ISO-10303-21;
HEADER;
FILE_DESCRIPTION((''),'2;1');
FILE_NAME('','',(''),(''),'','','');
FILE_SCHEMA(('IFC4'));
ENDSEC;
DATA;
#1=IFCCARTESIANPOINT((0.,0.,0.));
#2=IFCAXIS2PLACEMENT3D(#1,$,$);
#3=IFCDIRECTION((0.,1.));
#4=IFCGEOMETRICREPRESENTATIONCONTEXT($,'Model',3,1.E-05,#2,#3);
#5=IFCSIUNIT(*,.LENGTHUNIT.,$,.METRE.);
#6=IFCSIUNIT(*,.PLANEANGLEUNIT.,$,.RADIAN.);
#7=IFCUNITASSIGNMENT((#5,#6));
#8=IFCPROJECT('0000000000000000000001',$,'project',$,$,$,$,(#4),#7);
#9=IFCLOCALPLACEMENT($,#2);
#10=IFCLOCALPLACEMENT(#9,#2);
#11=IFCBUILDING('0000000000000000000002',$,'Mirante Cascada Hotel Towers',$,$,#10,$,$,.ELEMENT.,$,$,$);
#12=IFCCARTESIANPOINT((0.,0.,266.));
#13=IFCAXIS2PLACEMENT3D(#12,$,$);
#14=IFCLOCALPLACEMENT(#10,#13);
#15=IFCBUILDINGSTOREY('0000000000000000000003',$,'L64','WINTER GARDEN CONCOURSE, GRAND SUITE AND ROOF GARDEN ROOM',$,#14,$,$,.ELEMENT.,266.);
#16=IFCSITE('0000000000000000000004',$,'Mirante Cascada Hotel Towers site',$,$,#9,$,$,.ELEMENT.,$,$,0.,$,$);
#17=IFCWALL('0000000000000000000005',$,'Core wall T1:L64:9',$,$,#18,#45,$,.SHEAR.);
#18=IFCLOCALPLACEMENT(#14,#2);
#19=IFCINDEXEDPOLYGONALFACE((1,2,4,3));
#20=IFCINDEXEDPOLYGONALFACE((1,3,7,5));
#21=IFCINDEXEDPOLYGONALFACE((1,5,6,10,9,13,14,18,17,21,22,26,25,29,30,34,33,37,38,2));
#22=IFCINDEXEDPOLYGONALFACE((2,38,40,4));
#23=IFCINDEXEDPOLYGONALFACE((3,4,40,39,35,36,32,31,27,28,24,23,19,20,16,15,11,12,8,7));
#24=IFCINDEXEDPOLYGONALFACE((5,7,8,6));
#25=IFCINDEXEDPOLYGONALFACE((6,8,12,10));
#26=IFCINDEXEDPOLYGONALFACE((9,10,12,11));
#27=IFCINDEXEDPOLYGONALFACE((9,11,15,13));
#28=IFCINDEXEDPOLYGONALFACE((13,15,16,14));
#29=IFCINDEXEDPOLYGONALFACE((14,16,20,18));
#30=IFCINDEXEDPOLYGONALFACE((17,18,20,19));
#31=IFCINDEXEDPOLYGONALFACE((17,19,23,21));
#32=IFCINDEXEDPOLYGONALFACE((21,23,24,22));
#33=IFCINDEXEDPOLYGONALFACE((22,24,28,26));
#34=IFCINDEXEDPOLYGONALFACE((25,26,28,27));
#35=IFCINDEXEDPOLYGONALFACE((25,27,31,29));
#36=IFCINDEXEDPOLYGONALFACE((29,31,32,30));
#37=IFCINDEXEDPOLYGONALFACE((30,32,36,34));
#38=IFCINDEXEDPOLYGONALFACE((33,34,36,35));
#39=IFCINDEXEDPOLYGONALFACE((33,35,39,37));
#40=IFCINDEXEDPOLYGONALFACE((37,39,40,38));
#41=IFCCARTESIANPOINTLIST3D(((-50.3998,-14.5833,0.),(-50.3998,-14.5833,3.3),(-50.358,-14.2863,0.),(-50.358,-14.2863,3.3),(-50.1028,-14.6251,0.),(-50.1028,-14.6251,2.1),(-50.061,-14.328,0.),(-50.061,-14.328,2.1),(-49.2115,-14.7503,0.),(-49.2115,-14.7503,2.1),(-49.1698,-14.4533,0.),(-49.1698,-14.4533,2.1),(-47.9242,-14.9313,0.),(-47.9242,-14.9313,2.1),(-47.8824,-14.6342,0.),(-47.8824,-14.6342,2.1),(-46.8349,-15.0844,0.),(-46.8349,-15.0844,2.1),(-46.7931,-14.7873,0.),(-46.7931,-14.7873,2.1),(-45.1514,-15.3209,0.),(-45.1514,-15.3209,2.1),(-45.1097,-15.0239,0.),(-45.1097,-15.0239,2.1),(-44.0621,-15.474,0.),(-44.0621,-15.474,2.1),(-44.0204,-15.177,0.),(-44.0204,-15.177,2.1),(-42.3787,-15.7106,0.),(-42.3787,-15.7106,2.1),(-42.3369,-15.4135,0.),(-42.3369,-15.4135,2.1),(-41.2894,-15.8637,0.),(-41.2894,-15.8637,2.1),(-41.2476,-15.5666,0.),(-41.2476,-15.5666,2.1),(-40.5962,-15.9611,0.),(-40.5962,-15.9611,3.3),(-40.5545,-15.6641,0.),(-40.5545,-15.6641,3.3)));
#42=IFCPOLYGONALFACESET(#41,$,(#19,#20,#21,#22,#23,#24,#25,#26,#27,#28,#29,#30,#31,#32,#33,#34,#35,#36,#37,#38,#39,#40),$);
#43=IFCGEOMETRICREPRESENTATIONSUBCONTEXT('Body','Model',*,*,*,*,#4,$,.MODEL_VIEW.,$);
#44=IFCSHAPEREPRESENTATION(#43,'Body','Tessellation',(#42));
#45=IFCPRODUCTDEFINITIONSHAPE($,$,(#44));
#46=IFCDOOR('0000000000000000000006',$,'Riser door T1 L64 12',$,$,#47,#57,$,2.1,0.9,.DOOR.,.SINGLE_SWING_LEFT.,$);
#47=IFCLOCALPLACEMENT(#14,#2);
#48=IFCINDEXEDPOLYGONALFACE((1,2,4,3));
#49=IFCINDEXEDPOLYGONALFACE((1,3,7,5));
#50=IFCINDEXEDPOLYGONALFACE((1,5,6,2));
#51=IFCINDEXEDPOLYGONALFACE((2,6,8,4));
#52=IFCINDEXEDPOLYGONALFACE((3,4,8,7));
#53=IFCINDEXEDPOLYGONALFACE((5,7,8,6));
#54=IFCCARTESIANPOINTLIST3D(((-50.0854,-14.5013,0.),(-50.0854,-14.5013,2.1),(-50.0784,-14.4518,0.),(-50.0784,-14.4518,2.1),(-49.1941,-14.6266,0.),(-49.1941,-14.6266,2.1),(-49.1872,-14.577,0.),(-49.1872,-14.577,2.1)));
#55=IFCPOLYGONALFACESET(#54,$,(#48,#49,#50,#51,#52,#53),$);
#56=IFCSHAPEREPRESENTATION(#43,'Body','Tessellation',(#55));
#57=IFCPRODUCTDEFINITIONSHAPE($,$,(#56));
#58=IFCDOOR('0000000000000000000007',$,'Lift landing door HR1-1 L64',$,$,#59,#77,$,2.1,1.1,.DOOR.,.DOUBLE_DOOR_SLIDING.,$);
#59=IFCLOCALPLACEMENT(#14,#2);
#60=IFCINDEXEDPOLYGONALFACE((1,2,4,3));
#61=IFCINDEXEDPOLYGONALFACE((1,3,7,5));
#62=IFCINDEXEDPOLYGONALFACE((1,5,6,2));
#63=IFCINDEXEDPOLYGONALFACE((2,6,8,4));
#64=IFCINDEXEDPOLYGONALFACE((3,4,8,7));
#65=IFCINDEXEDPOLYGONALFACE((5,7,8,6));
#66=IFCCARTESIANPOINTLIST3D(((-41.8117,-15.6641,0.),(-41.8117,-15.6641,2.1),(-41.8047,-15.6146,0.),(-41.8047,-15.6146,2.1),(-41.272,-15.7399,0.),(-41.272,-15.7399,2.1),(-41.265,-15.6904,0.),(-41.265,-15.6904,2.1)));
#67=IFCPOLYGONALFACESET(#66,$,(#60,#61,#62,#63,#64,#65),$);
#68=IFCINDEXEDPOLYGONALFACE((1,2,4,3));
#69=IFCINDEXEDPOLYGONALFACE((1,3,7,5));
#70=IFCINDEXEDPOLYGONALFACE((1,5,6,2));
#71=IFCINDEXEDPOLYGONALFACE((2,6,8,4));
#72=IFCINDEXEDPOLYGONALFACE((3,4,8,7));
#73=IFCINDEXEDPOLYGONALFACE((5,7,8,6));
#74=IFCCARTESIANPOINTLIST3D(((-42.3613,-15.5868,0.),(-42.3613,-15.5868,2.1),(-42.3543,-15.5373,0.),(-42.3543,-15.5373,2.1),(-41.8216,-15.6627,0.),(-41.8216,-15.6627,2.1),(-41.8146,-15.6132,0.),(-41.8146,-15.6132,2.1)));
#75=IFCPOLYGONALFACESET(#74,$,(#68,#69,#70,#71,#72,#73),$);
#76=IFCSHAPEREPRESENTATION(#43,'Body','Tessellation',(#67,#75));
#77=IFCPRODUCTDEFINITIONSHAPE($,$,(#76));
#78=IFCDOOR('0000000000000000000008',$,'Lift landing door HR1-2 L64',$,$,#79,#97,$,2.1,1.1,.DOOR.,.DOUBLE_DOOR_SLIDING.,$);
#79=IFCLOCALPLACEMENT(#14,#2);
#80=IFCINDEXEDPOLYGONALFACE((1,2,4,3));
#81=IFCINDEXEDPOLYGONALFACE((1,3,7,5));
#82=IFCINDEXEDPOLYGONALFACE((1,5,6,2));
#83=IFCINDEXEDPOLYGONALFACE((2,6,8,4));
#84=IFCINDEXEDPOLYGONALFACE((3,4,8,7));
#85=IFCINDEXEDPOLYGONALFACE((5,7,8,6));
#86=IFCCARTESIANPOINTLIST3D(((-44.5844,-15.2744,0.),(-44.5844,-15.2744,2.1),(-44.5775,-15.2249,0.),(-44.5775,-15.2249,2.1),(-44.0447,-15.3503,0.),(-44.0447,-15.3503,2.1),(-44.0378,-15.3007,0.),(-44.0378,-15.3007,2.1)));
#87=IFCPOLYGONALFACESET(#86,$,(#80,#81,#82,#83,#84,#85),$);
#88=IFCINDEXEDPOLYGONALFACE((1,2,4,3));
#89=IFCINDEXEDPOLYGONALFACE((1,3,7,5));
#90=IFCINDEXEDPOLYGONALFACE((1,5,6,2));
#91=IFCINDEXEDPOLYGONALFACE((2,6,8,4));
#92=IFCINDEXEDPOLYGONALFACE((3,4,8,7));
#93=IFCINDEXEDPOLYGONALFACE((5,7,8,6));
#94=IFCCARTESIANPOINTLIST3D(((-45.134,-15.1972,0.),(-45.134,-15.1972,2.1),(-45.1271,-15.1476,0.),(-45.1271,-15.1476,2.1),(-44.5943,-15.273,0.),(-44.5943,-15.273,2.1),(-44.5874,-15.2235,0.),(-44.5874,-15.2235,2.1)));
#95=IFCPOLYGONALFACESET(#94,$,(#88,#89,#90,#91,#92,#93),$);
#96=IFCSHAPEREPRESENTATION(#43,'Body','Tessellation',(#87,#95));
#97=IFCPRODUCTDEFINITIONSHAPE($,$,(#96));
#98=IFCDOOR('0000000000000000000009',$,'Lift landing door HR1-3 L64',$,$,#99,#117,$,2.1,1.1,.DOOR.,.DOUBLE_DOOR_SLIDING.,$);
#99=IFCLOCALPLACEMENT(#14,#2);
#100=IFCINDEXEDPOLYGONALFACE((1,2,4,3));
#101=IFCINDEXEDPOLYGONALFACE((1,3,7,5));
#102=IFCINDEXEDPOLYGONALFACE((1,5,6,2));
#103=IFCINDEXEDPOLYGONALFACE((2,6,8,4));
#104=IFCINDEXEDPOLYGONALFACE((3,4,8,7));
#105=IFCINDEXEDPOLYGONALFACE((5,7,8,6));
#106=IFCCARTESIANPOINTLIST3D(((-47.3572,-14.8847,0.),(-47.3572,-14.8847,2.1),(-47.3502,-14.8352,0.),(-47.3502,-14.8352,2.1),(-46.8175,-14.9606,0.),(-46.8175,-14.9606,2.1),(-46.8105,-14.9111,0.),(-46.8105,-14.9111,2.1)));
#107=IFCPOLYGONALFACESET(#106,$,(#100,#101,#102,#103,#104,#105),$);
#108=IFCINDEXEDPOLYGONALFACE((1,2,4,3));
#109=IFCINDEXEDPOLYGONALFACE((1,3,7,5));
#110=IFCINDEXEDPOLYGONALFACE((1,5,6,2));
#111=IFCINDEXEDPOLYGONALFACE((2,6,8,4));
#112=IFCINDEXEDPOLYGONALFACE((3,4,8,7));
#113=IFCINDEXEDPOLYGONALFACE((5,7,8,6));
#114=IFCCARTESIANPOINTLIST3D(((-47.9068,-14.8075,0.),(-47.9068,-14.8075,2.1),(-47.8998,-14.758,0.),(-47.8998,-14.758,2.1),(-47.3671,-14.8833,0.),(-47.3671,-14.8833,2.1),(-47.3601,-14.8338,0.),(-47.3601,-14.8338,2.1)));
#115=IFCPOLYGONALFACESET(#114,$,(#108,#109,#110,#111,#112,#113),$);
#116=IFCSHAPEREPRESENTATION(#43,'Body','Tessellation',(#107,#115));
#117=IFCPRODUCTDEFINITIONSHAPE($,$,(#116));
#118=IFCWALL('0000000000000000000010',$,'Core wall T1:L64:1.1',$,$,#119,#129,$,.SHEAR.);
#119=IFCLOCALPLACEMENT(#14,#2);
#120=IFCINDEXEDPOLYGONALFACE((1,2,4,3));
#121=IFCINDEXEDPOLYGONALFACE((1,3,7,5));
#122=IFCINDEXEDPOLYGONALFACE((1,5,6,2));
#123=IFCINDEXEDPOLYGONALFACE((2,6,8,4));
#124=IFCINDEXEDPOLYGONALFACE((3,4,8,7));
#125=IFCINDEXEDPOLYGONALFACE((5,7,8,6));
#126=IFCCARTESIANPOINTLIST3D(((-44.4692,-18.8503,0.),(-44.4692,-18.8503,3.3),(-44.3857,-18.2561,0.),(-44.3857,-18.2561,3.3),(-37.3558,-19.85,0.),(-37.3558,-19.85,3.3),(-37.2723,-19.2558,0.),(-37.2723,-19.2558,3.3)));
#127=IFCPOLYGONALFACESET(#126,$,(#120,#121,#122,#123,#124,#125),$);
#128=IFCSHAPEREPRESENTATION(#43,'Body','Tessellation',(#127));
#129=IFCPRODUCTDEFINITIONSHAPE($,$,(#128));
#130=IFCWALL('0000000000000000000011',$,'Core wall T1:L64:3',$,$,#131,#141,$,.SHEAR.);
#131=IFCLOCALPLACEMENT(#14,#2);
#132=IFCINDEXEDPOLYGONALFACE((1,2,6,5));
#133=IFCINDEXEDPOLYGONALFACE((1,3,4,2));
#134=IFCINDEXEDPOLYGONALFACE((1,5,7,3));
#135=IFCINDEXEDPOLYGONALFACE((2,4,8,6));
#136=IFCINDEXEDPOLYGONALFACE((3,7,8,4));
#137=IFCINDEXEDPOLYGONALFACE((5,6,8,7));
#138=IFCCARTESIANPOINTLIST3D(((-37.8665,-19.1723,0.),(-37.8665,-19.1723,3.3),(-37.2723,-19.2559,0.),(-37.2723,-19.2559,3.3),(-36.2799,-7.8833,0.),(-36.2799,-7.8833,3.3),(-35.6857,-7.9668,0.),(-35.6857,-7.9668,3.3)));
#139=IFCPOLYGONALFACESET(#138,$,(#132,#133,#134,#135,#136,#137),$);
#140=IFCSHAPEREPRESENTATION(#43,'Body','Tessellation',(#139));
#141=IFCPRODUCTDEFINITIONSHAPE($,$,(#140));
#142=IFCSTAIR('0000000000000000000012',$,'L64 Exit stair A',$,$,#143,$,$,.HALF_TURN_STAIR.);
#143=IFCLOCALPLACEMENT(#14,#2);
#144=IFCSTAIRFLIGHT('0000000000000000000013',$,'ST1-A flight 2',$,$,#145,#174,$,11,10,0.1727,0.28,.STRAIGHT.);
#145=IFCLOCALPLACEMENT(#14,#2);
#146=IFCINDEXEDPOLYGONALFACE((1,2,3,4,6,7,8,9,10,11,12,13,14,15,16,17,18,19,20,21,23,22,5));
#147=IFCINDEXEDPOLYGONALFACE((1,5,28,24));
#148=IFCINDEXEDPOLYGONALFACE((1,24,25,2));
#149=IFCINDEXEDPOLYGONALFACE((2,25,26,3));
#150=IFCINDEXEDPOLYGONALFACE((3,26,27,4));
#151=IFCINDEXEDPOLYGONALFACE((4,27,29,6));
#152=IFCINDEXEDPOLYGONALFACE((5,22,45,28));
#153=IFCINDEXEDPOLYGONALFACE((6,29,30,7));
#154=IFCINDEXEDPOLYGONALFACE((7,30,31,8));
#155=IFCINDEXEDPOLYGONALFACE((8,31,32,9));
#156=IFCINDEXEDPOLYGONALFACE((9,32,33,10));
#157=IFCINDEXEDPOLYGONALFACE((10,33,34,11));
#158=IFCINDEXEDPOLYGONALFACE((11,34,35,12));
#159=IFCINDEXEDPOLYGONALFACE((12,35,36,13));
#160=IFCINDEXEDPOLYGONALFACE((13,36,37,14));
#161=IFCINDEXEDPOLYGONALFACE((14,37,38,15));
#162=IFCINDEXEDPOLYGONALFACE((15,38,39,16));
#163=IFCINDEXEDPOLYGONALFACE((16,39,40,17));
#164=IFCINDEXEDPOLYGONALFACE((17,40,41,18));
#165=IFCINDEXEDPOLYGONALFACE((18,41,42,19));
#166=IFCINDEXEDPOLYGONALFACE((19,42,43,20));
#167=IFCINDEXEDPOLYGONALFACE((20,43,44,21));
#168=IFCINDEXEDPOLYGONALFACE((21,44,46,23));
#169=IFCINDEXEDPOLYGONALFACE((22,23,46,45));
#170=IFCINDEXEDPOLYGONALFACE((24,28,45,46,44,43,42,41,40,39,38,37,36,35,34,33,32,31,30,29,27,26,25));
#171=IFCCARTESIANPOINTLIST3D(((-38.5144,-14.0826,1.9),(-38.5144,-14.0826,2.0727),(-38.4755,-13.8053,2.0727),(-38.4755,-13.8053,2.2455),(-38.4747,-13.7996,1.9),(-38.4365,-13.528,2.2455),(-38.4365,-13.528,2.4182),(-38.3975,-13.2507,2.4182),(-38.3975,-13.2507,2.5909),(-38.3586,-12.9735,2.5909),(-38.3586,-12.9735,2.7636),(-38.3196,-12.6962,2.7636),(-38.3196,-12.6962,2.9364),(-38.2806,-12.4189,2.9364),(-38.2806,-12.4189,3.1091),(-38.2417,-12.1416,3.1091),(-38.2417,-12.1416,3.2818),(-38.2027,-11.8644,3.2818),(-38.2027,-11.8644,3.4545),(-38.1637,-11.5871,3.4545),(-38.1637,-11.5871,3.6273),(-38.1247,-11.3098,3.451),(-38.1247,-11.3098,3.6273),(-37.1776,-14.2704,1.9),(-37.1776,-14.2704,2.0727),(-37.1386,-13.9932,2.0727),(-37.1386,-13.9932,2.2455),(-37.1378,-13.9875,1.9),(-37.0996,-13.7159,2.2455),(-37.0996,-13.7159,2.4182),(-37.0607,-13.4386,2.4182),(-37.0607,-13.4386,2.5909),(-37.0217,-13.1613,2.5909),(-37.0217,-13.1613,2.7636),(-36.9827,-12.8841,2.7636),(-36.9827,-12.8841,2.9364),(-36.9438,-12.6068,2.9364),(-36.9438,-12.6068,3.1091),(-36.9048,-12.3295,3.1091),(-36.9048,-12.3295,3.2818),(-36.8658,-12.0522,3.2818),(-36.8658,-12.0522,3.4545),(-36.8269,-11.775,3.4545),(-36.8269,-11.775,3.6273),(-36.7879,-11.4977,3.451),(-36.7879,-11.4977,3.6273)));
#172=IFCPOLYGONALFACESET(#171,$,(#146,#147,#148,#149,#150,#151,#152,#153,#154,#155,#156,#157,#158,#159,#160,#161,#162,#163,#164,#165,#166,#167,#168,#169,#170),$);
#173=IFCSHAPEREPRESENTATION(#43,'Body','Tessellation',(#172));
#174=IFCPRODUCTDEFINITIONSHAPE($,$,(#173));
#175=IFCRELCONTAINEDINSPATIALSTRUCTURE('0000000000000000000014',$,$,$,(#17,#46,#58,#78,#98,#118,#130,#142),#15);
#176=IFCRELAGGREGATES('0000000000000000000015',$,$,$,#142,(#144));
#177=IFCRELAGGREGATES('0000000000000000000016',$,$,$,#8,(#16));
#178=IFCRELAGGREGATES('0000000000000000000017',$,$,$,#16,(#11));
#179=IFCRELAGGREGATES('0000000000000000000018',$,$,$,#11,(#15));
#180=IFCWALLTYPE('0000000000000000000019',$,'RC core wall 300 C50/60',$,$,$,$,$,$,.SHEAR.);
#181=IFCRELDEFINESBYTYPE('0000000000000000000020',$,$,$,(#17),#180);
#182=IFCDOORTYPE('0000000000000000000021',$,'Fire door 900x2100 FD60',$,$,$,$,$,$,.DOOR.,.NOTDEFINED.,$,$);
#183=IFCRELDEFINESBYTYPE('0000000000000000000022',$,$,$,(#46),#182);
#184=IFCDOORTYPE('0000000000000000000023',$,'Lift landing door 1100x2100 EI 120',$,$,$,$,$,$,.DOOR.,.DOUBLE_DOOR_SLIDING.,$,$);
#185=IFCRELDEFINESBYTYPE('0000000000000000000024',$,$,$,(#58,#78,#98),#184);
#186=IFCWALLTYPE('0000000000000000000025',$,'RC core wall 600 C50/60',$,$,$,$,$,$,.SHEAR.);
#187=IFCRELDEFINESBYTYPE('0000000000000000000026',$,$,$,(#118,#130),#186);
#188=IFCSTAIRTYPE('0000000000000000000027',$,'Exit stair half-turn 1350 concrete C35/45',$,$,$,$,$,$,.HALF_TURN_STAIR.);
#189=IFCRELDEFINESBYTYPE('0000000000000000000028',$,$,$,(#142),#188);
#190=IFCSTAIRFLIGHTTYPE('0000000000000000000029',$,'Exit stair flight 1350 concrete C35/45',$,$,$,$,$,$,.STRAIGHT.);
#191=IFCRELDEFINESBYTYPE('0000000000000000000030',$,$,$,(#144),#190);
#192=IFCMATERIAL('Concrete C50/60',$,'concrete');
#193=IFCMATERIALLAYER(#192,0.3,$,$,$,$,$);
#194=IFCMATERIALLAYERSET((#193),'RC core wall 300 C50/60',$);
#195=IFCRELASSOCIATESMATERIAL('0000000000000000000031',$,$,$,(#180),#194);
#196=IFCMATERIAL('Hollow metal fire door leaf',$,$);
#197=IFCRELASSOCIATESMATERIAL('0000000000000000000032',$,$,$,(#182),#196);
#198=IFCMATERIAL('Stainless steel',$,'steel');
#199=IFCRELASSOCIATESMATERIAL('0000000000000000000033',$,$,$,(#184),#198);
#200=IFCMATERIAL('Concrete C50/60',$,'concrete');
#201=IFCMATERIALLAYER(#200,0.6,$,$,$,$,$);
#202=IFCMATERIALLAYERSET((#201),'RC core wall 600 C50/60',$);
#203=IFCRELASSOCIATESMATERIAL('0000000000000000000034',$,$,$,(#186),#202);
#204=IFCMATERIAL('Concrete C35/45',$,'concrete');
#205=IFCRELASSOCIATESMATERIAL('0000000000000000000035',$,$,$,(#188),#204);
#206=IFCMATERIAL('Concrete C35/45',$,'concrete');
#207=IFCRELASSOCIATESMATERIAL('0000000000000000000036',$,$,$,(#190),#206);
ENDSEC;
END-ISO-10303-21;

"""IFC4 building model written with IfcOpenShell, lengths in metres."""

from ifc_helpers import new_model, si_unit, direction, frame, frame_2d, origin, place, context, subcontext, project, spatial, polyline, rectangle, outline, extrude, material, layer, layer_set, type_object, element, fill, aggregate, save


model = new_model("IFC4")

# Units and contexts
model_context = context("Model", 3, precision=1e-05, world=origin(), true_north=direction((0.0, 1.0)))
body_context = subcontext(model_context, "Body", "Model", "MODEL_VIEW")
ifc_project = project(units=[si_unit("LENGTHUNIT", "METRE"), si_unit("PLANEANGLEUNIT", "RADIAN")], contexts=[model_context])

# Site, building, storey
site_placement = place(None, origin())
site = spatial("IfcSite", under=ifc_project, at=site_placement, Name="Mirante Cascada Hotel Towers site", CompositionType="ELEMENT", RefElevation=0.0)
building_placement = place(site_placement, origin())
building = spatial("IfcBuilding", under=site, at=building_placement, Name="Mirante Cascada Hotel Towers", CompositionType="ELEMENT")
storey_placement = place(building_placement, frame((0.0, 0.0, 266.0)))
storey = spatial("IfcBuildingStorey", under=building, at=storey_placement, Name="L64", Description="WINTER GARDEN CONCOURSE, GRAND SUITE AND ROOF GARDEN ROOM", CompositionType="ELEMENT", Elevation=266.0)

# Shared definitions
ifc_material_1 = material(Name="Concrete C50/60", Category="concrete")
ifc_layer_1 = layer(ifc_material_1, 0.3)
ifc_layer_set_1 = layer_set([ifc_layer_1], Name="RC core wall 300 C50/60")
wall_type_1 = type_object("IfcWallType", Name="RC core wall 300 C50/60", PredefinedType="SHEAR", material=ifc_layer_set_1)

# Wall, openings, doors
wall_1_placement = place(storey_placement, frame((-40.5753, -15.8126, 0.0), z_axis=(0.0, 0.0, 1.0), x_axis=(-0.990268, 0.139173, 0.0)))
wall_1 = element("IfcWall", 1, at=wall_1_placement, inside=storey, type_object=wall_type_1, Name="Core wall T1:L64:9", PredefinedType="SHEAR", context=body_context, shape_type="SweptSolid", body=[
    extrude(rectangle(XDim=9.8999, YDim=0.3, at=frame_2d((4.95, 0.0))), origin(), (0.0, 0.0, 1.0), 3.3),
])
opening_1_placement = place(wall_1_placement, frame((0.7, 0.0, 0.0)))
opening_1 = element("IfcOpeningElement", 2, at=opening_1_placement, cuts=wall_1, PredefinedType="OPENING", context=body_context, shape_type="SweptSolid", body=[
    extrude(rectangle(XDim=1.1, YDim=2.1, at=frame_2d((0.55, 1.05))), frame((0.0, 0.15, 0.0), z_axis=(0.0, -1.0, 0.0), x_axis=(1.0, 0.0, 0.0)), (0.0, 0.0, 1.0), 0.3),
])
opening_2_placement = place(wall_1_placement, frame((3.5, 0.0, 0.0)))
opening_2 = element("IfcOpeningElement", 3, at=opening_2_placement, cuts=wall_1, PredefinedType="OPENING", context=body_context, shape_type="SweptSolid", body=[
    extrude(rectangle(XDim=1.1, YDim=2.1, at=frame_2d((0.55, 1.05))), frame((0.0, 0.15, 0.0), z_axis=(0.0, -1.0, 0.0), x_axis=(1.0, 0.0, 0.0)), (0.0, 0.0, 1.0), 0.3),
])
opening_3_placement = place(wall_1_placement, frame((6.3, 0.0, 0.0)))
opening_3 = element("IfcOpeningElement", 4, at=opening_3_placement, cuts=wall_1, PredefinedType="OPENING", context=body_context, shape_type="SweptSolid", body=[
    extrude(rectangle(XDim=1.1, YDim=2.1, at=frame_2d((0.55, 1.05))), frame((0.0, 0.15, 0.0), z_axis=(0.0, -1.0, 0.0), x_axis=(1.0, 0.0, 0.0)), (0.0, 0.0, 1.0), 0.3),
])
opening_4_placement = place(wall_1_placement, frame((8.7, 0.0, 0.0)))
opening_4 = element("IfcOpeningElement", 5, at=opening_4_placement, cuts=wall_1, PredefinedType="OPENING", context=body_context, shape_type="SweptSolid", body=[
    extrude(rectangle(XDim=0.9, YDim=2.1, at=frame_2d((0.45, 1.05))), frame((0.0, 0.15, 0.0), z_axis=(0.0, -1.0, 0.0), x_axis=(1.0, 0.0, 0.0)), (0.0, 0.0, 1.0), 0.3),
])
ifc_material_2 = material(Name="Hollow metal fire door leaf")
door_type_1 = type_object("IfcDoorType", Name="Fire door 900x2100 FD60", OperationType="NOTDEFINED", PredefinedType="DOOR", material=ifc_material_2)
door_1_placement = place(opening_4_placement, origin())
door_1 = element("IfcDoor", 6, at=door_1_placement, inside=storey, type_object=door_type_1, Name="Riser door T1 L64 12", OperationType="SINGLE_SWING_LEFT", OverallHeight=2.1, OverallWidth=0.9, PredefinedType="DOOR", context=body_context, shape_type="SweptSolid", body=[
    extrude(rectangle(XDim=0.9, YDim=2.1, at=frame_2d((0.45, 1.05))), frame((0.0, 0.025, 0.0), z_axis=(0.0, -1.0, 0.0), x_axis=(1.0, 0.0, 0.0)), (0.0, 0.0, 1.0), 0.05),
])
fill(opening_4, door_1)
ifc_material_3 = material(Name="Stainless steel", Category="steel")
door_type_2 = type_object("IfcDoorType", Name="Lift landing door 1100x2100 EI 120", OperationType="DOUBLE_DOOR_SLIDING", PredefinedType="DOOR", material=ifc_material_3)
door_2_placement = place(opening_1_placement, origin())
door_2 = element("IfcDoor", 7, at=door_2_placement, inside=storey, type_object=door_type_2, Name="Lift landing door HR1-1 L64", OperationType="DOUBLE_DOOR_SLIDING", OverallHeight=2.1, OverallWidth=1.1, PredefinedType="DOOR", context=body_context, shape_type="SweptSolid", body=[
    extrude(rectangle(XDim=0.545, YDim=2.1, at=frame_2d((0.2725, 1.05))), frame((0.0, 0.025, 0.0), z_axis=(0.0, -1.0, 0.0), x_axis=(1.0, 0.0, 0.0)), (0.0, 0.0, 1.0), 0.05),
    extrude(rectangle(XDim=0.545, YDim=2.1, at=frame_2d((0.8275, 1.05))), frame((0.0, 0.025, 0.0), z_axis=(0.0, -1.0, 0.0), x_axis=(1.0, 0.0, 0.0)), (0.0, 0.0, 1.0), 0.05),
])
fill(opening_1, door_2)
door_3_placement = place(opening_2_placement, origin())
door_3 = element("IfcDoor", 8, at=door_3_placement, inside=storey, type_object=door_type_2, Name="Lift landing door HR1-2 L64", OperationType="DOUBLE_DOOR_SLIDING", OverallHeight=2.1, OverallWidth=1.1, PredefinedType="DOOR", context=body_context, shape_type="SweptSolid", body=[
    extrude(rectangle(XDim=0.545, YDim=2.1, at=frame_2d((0.2725, 1.05))), frame((0.0, 0.025, 0.0), z_axis=(0.0, -1.0, 0.0), x_axis=(1.0, 0.0, 0.0)), (0.0, 0.0, 1.0), 0.05),
    extrude(rectangle(XDim=0.545, YDim=2.1, at=frame_2d((0.8275, 1.05))), frame((0.0, 0.025, 0.0), z_axis=(0.0, -1.0, 0.0), x_axis=(1.0, 0.0, 0.0)), (0.0, 0.0, 1.0), 0.05),
])
fill(opening_2, door_3)
door_4_placement = place(opening_3_placement, origin())
door_4 = element("IfcDoor", 9, at=door_4_placement, inside=storey, type_object=door_type_2, Name="Lift landing door HR1-3 L64", OperationType="DOUBLE_DOOR_SLIDING", OverallHeight=2.1, OverallWidth=1.1, PredefinedType="DOOR", context=body_context, shape_type="SweptSolid", body=[
    extrude(rectangle(XDim=0.545, YDim=2.1, at=frame_2d((0.2725, 1.05))), frame((0.0, 0.025, 0.0), z_axis=(0.0, -1.0, 0.0), x_axis=(1.0, 0.0, 0.0)), (0.0, 0.0, 1.0), 0.05),
    extrude(rectangle(XDim=0.545, YDim=2.1, at=frame_2d((0.8275, 1.05))), frame((0.0, 0.025, 0.0), z_axis=(0.0, -1.0, 0.0), x_axis=(1.0, 0.0, 0.0)), (0.0, 0.0, 1.0), 0.05),
])
fill(opening_3, door_4)

# Walls
ifc_material_4 = material(Name="Concrete C50/60", Category="concrete")
ifc_layer_2 = layer(ifc_material_4, 0.6)
ifc_layer_set_2 = layer_set([ifc_layer_2], Name="RC core wall 600 C50/60")
wall_type_2 = type_object("IfcWallType", Name="RC core wall 600 C50/60", PredefinedType="SHEAR", material=ifc_layer_set_2)
wall_2_placement = place(storey_placement, frame((-37.3141, -19.5529, 0.0), z_axis=(0.0, 0.0, 1.0), x_axis=(-0.990268, 0.13917, 0.0)))
element("IfcWall", 10, at=wall_2_placement, inside=storey, type_object=wall_type_2, Name="Core wall T1:L64:1.1", PredefinedType="SHEAR", context=body_context, shape_type="SweptSolid", body=[
    extrude(rectangle(XDim=7.1833, YDim=0.6, at=frame_2d((3.5916, 0.0))), origin(), (0.0, 0.0, 1.0), 3.3),
])
wall_3_placement = place(storey_placement, frame((-37.5694, -19.2141, 0.0), z_axis=(0.0, 0.0, 1.0), x_axis=(0.139175, 0.990268, 0.0)))
element("IfcWall", 11, at=wall_3_placement, inside=storey, type_object=wall_type_2, Name="Core wall T1:L64:3", PredefinedType="SHEAR", context=body_context, shape_type="SweptSolid", body=[
    extrude(rectangle(XDim=11.4, YDim=0.6, at=frame_2d((5.7, 0.0))), origin(), (0.0, 0.0, 1.0), 3.3),
])

# Stair, stair flight
ifc_material_5 = material(Name="Concrete C35/45", Category="concrete")
stair_type = type_object("IfcStairType", Name="Exit stair half-turn 1350 concrete C35/45", PredefinedType="HALF_TURN_STAIR", material=ifc_material_5)
stair_placement = place(storey_placement, origin())
stair = element("IfcStair", 12, at=stair_placement, inside=storey, type_object=stair_type, Name="L64 Exit stair A", PredefinedType="HALF_TURN_STAIR")
ifc_material_6 = material(Name="Concrete C35/45", Category="concrete")
stair_flight_type = type_object("IfcStairFlightType", Name="Exit stair flight 1350 concrete C35/45", PredefinedType="STRAIGHT", material=ifc_material_6)
stair_flight_placement = place(storey_placement, frame((-37.846, -14.1765, 1.9), z_axis=(0.0, 0.0, 1.0), x_axis=(0.139173, 0.990268, 0.0)))
stair_flight = element("IfcStairFlight", 13, at=stair_flight_placement, type_object=stair_flight_type, Name="ST1-A flight 2", NumberOfRisers=11, NumberOfTreads=10, PredefinedType="STRAIGHT", RiserHeight=0.1727, TreadLength=0.28, context=body_context, shape_type="SweptSolid", body=[
    extrude(outline(polyline([(0.0, 0.0), (0.0, 0.1727), (0.28, 0.1727), (0.28, 0.3455), (0.56, 0.3455), (0.56, 0.5182), (0.84, 0.5182), (0.84, 0.6909), (1.12, 0.6909), (1.12, 0.8636), (1.4, 0.8636), (1.4, 1.0364), (1.68, 1.0364), (1.68, 1.2091), (1.96, 1.2091), (1.96, 1.3818), (2.24, 1.3818), (2.24, 1.5545), (2.52, 1.5545), (2.52, 1.7273), (2.8, 1.7273), (2.8, 1.9), (2.8, 1.551), (0.2857, 0.0), (0.0, 0.0)])), frame((0.0, 0.675, 0.0), z_axis=(0.0, -1.0, 0.0), x_axis=(1.0, 0.0, 0.0)), (0.0, 0.0, 1.0), 1.35),
])
aggregate(stair, [stair_flight])

save(model, "model.ifc")
